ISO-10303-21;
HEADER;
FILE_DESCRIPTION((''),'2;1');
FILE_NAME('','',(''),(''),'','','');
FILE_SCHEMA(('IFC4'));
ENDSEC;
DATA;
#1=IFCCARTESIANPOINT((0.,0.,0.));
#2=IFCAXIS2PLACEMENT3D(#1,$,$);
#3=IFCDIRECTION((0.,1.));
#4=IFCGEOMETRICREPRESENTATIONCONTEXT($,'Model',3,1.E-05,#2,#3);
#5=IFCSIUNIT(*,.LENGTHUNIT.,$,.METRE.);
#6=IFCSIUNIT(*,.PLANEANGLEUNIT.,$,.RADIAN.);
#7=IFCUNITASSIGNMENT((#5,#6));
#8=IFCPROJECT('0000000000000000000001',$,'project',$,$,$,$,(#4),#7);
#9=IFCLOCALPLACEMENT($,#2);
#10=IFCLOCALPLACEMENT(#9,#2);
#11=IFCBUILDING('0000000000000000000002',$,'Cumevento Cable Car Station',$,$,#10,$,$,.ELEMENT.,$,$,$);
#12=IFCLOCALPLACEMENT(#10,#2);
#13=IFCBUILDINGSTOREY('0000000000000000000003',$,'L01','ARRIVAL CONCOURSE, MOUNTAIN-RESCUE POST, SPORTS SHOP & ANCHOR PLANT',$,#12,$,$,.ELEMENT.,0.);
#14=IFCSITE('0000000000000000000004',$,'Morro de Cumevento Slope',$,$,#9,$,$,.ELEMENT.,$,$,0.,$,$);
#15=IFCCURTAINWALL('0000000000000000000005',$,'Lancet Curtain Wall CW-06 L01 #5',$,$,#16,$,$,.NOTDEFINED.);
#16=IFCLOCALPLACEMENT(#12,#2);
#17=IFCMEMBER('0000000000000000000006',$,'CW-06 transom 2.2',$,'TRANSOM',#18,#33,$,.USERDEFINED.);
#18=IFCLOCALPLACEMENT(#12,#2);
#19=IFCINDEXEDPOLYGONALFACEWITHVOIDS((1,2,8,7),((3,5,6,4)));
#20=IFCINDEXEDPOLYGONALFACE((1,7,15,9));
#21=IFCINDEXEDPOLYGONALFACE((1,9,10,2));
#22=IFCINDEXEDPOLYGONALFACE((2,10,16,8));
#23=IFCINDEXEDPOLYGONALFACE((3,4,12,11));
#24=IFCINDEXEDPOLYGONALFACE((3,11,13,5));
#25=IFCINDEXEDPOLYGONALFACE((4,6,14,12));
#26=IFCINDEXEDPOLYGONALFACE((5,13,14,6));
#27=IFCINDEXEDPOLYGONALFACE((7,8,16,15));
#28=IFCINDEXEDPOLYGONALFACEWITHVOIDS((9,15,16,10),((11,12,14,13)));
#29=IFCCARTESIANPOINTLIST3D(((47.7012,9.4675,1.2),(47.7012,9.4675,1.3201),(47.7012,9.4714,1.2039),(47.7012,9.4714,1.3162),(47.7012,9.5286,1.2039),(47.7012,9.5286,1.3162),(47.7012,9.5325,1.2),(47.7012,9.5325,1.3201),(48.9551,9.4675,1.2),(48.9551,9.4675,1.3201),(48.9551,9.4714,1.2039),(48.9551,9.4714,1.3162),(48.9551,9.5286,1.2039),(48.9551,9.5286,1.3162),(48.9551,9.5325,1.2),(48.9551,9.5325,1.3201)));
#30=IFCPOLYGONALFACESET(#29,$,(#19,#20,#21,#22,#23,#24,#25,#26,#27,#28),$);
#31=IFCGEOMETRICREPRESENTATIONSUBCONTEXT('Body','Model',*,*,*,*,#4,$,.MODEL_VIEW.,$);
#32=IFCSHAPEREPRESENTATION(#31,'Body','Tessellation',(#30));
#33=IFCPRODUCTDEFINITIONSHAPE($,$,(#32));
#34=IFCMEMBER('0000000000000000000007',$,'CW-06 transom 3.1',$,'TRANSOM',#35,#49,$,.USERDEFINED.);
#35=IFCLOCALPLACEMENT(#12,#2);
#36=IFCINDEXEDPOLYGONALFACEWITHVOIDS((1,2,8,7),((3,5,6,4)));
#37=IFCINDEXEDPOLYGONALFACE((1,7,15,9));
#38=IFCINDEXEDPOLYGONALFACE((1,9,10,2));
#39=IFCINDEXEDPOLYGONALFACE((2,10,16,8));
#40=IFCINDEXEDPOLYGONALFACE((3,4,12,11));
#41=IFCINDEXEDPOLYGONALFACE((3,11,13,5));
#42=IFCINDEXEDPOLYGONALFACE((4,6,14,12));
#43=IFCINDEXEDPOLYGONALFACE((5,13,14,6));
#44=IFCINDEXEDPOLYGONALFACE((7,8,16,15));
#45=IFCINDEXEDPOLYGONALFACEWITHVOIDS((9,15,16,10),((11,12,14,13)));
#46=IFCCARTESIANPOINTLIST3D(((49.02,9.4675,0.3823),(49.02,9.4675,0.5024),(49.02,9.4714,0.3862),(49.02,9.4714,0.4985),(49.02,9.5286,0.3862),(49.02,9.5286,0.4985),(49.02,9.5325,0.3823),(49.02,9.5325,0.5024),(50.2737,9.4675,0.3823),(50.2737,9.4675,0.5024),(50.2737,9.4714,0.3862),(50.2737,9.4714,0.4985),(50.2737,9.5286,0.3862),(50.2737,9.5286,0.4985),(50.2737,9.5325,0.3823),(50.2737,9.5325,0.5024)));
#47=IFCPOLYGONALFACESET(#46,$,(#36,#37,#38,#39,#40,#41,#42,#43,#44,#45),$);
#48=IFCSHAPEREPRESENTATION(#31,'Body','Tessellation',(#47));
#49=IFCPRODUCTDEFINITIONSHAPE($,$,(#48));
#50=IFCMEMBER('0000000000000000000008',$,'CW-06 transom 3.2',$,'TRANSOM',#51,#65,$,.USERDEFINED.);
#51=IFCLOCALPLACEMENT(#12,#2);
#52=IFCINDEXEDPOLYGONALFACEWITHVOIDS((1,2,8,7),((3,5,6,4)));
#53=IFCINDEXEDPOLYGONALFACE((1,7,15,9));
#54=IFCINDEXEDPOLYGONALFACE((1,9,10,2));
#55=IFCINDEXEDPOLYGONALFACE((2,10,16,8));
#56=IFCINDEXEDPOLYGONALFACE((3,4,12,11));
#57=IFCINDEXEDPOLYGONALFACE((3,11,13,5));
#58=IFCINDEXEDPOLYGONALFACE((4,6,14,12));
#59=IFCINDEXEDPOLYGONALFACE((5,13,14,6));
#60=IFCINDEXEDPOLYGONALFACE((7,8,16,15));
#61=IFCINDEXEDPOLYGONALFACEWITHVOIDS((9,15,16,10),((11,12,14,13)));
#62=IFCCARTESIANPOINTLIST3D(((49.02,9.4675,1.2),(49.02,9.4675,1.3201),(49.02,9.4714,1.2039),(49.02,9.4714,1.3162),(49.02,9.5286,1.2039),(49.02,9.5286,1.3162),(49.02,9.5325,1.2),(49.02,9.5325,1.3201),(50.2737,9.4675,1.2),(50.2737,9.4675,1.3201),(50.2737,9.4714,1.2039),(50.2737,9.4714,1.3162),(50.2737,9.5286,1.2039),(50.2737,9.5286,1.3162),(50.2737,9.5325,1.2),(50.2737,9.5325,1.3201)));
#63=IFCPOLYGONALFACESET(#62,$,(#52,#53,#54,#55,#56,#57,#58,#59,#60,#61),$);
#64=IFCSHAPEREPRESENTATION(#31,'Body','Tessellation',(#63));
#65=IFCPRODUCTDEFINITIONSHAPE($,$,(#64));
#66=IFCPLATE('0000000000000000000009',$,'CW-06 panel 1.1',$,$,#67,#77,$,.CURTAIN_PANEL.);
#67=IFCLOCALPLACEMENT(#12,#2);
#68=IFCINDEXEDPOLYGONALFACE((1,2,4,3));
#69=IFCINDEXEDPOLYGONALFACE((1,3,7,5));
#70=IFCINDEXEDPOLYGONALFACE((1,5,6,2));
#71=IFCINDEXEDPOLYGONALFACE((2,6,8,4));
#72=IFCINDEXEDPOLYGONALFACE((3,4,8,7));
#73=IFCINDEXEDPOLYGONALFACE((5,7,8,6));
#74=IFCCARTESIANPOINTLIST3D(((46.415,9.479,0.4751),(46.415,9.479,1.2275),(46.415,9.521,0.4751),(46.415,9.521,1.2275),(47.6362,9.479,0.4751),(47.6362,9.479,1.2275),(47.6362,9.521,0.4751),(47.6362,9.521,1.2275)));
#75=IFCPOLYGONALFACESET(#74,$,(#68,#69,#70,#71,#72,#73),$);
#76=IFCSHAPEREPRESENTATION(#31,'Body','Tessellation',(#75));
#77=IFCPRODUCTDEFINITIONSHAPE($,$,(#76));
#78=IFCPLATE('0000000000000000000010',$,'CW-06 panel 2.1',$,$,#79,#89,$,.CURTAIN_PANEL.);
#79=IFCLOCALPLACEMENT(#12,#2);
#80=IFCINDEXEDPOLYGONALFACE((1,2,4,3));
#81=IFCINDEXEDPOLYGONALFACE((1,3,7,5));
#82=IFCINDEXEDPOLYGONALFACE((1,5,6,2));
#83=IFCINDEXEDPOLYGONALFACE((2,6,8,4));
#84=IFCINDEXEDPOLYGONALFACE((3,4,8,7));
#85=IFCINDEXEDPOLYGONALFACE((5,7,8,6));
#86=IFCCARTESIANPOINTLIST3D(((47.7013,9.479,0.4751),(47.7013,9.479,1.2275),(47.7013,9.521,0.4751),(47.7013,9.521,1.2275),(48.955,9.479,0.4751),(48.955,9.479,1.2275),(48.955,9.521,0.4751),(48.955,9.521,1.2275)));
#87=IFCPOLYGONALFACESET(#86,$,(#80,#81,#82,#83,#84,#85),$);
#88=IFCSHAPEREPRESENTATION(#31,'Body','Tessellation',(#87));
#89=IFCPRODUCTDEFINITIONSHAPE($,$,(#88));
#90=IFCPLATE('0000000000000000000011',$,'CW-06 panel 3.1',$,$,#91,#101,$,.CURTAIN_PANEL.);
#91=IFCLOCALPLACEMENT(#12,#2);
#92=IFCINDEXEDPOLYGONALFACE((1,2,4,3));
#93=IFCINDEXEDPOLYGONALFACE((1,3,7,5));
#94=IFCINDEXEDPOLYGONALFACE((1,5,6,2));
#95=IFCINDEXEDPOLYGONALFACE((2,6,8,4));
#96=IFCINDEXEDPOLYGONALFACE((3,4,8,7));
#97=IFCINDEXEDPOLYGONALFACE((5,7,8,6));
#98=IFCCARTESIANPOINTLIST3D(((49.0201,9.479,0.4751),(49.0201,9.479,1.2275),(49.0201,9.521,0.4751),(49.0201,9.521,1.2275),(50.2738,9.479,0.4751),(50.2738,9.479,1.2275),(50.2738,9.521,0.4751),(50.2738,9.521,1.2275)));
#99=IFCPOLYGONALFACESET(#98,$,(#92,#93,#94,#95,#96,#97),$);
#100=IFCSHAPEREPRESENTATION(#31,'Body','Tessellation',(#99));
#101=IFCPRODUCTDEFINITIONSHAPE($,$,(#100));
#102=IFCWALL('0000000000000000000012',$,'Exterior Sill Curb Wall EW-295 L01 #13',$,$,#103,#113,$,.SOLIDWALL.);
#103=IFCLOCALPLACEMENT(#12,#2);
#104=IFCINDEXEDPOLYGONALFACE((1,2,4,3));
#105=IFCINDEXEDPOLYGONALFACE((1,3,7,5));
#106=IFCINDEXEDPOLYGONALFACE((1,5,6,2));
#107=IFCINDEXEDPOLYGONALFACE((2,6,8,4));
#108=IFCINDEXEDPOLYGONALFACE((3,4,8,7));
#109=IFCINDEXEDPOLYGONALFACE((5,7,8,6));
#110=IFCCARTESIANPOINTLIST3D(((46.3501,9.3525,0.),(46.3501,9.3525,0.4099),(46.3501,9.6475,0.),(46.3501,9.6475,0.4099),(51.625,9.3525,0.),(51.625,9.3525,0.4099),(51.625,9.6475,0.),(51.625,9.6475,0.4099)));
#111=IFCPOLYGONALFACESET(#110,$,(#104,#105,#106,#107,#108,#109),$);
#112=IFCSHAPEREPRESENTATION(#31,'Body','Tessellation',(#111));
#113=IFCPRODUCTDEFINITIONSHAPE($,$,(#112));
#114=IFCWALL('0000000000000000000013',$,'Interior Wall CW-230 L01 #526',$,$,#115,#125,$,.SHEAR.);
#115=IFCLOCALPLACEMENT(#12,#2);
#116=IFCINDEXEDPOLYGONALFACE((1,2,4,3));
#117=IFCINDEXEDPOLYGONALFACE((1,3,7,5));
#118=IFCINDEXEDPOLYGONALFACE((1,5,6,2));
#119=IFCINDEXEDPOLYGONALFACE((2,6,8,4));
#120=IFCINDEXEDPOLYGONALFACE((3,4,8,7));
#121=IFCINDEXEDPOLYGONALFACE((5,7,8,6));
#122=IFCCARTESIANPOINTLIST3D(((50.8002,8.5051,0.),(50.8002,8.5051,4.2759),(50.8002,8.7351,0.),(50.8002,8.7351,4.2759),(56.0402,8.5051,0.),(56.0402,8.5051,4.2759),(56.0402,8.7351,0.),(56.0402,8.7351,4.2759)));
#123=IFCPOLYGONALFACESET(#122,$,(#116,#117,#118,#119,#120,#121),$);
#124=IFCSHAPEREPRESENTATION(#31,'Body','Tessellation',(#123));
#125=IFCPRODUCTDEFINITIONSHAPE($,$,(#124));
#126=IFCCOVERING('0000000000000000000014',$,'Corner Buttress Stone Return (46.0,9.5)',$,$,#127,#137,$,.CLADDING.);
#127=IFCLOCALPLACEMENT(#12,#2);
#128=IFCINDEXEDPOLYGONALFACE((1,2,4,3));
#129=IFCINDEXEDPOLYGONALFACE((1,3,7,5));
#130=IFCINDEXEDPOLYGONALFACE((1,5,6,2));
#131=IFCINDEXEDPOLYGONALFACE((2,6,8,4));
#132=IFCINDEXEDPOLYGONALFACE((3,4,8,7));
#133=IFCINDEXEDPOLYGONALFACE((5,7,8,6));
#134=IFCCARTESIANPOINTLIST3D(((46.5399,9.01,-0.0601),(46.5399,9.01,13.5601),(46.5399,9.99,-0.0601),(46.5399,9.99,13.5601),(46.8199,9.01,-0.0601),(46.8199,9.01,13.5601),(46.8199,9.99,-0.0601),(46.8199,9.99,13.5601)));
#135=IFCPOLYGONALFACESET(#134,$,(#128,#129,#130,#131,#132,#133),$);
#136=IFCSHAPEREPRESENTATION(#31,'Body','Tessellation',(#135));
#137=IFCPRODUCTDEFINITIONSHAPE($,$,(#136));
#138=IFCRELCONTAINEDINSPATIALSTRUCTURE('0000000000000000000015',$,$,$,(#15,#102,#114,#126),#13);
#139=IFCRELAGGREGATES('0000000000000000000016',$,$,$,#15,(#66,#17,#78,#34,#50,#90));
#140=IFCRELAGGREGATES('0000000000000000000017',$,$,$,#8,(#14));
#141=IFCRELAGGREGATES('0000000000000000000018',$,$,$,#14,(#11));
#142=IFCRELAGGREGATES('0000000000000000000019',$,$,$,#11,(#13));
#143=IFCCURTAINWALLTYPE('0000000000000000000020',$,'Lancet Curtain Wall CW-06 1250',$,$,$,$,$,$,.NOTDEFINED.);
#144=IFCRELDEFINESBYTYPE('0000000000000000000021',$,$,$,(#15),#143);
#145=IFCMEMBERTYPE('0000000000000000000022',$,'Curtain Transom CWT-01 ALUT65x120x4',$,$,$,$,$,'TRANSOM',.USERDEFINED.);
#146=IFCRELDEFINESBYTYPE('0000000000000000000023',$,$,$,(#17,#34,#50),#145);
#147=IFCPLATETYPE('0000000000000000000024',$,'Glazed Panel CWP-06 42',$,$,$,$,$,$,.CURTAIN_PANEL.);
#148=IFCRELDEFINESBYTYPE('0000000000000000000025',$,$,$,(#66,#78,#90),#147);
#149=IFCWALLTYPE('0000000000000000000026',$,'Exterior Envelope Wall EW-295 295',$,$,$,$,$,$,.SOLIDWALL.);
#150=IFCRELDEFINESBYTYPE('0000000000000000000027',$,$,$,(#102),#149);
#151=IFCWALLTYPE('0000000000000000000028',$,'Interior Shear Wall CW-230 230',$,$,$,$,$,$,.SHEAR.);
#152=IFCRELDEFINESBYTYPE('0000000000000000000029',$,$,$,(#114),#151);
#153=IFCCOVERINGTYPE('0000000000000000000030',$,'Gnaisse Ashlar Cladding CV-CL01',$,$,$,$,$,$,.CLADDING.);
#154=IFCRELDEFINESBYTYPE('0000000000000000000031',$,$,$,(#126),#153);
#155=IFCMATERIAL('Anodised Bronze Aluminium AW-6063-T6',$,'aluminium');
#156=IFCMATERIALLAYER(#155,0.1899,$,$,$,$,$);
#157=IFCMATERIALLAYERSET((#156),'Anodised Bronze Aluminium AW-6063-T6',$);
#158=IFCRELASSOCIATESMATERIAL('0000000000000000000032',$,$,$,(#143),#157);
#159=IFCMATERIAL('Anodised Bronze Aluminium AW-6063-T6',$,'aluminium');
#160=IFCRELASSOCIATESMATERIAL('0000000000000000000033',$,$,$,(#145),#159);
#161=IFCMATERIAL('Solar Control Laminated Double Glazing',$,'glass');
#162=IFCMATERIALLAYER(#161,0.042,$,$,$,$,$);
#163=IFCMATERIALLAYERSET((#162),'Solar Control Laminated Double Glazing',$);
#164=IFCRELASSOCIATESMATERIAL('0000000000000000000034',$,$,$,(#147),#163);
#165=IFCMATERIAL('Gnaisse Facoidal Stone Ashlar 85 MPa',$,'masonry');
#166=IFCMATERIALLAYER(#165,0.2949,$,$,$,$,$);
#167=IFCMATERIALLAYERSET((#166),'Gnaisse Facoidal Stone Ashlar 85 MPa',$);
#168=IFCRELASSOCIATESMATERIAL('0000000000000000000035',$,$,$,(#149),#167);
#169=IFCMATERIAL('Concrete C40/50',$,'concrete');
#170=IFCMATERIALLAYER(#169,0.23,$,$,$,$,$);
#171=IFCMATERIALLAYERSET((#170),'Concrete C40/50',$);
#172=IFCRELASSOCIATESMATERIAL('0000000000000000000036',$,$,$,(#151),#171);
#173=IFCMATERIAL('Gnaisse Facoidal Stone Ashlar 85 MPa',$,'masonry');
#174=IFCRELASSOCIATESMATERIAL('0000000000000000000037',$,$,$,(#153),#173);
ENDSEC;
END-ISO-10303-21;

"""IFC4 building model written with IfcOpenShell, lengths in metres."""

from ifc_helpers import new_model, si_unit, direction, frame, frame_2d, origin, origin_2d, place, context, subcontext, project, spatial, rectangle, hollow_rectangle, extrude, material, layer, layer_set, material_profile, profile_set, type_object, element, aggregate, save


model = new_model("IFC4")

# Units and contexts
model_context = context("Model", 3, precision=1e-05, world=origin(), true_north=direction((0.0, 1.0)))
body_context = subcontext(model_context, "Body", "Model", "MODEL_VIEW")
ifc_project = project(units=[si_unit("LENGTHUNIT", "METRE"), si_unit("PLANEANGLEUNIT", "RADIAN")], contexts=[model_context])

# Site, building, storey
site_placement = place(None, origin())
site = spatial("IfcSite", under=ifc_project, at=site_placement, Name="Morro de Cumevento Slope", CompositionType="ELEMENT", RefElevation=0.0)
building_placement = place(site_placement, origin())
building = spatial("IfcBuilding", under=site, at=building_placement, Name="Cumevento Cable Car Station", CompositionType="ELEMENT")
storey_placement = place(building_placement, origin())
storey = spatial("IfcBuildingStorey", under=building, at=storey_placement, Name="L01", Description="ARRIVAL CONCOURSE, MOUNTAIN-RESCUE POST, SPORTS SHOP & ANCHOR PLANT", CompositionType="ELEMENT", Elevation=0.0)

# Curtain wall, members, plates
ifc_material_1 = material(Name="Anodised Bronze Aluminium AW-6063-T6", Category="aluminium")
ifc_layer_1 = layer(ifc_material_1, 0.1899)
ifc_layer_set_1 = layer_set([ifc_layer_1], Name="Anodised Bronze Aluminium AW-6063-T6")
curtain_wall_type = type_object("IfcCurtainWallType", Name="Lancet Curtain Wall CW-06 1250", PredefinedType="NOTDEFINED", material=ifc_layer_set_1)
curtain_wall_placement = place(storey_placement, origin())
curtain_wall = element("IfcCurtainWall", 1, at=curtain_wall_placement, inside=storey, type_object=curtain_wall_type, Name="Lancet Curtain Wall CW-06 L01 #5", PredefinedType="NOTDEFINED")
ifc_material_2 = material(Name="Anodised Bronze Aluminium AW-6063-T6", Category="aluminium")
ifc_material_profile_1 = material_profile(ifc_material_2, hollow_rectangle(XDim=0.0649, YDim=0.1201, WallThickness=0.0039, at=origin_2d()), Name="ALUT65x120x4")
ifc_profile_set_1 = profile_set([ifc_material_profile_1], Name="Anodised Bronze Aluminium AW-6063-T6")
member_type_1 = type_object("IfcMemberType", Name="Curtain Transom CWT-01 ALUT65x120x4", ElementType="TRANSOM", PredefinedType="USERDEFINED", material=ifc_profile_set_1)
member_1_placement = place(storey_placement, frame((47.7012, 9.5, 1.26), z_axis=(1.0, 0.0, 0.0), x_axis=(0.0, 1.0, 0.0)))
member_1 = element("IfcMember", 2, at=member_1_placement, type_object=member_type_1, Name="CW-06 transom 2.2", ObjectType="TRANSOM", PredefinedType="USERDEFINED", context=body_context, shape_type="SweptSolid", body=[
    extrude(hollow_rectangle(XDim=0.0649, YDim=0.1201, WallThickness=0.0039, at=origin_2d()), origin(), (0.0, 0.0, 1.0), 1.2539),
])
member_2_placement = place(storey_placement, frame((49.02, 9.5, 0.4424), z_axis=(1.0, 0.0, 0.0), x_axis=(0.0, 1.0, 0.0)))
member_2 = element("IfcMember", 3, at=member_2_placement, type_object=member_type_1, Name="CW-06 transom 3.1", ObjectType="TRANSOM", PredefinedType="USERDEFINED", context=body_context, shape_type="SweptSolid", body=[
    extrude(hollow_rectangle(XDim=0.0649, YDim=0.1201, WallThickness=0.0039, at=origin_2d()), origin(), (0.0, 0.0, 1.0), 1.2537),
])
member_3_placement = place(storey_placement, frame((49.02, 9.5, 1.26), z_axis=(1.0, 0.0, 0.0), x_axis=(0.0, 1.0, 0.0)))
member_3 = element("IfcMember", 4, at=member_3_placement, type_object=member_type_1, Name="CW-06 transom 3.2", ObjectType="TRANSOM", PredefinedType="USERDEFINED", context=body_context, shape_type="SweptSolid", body=[
    extrude(hollow_rectangle(XDim=0.0649, YDim=0.1201, WallThickness=0.0039, at=origin_2d()), origin(), (0.0, 0.0, 1.0), 1.2537),
])
ifc_material_3 = material(Name="Solar Control Laminated Double Glazing", Category="glass")
ifc_layer_2 = layer(ifc_material_3, 0.042)
ifc_layer_set_2 = layer_set([ifc_layer_2], Name="Solar Control Laminated Double Glazing")
plate_type = type_object("IfcPlateType", Name="Glazed Panel CWP-06 42", PredefinedType="CURTAIN_PANEL", material=ifc_layer_set_2)
plate_1_placement = place(storey_placement, frame((47.0256, 9.5, 0.4751), z_axis=(0.0, 0.0, 1.0), x_axis=(1.0, 0.0, 0.0)))
plate_1 = element("IfcPlate", 5, at=plate_1_placement, type_object=plate_type, Name="CW-06 panel 1.1", PredefinedType="CURTAIN_PANEL", context=body_context, shape_type="SweptSolid", body=[
    extrude(rectangle(XDim=1.2212, YDim=0.042, at=origin_2d()), origin(), (0.0, 0.0, 1.0), 0.7524),
])
plate_2_placement = place(storey_placement, frame((48.3281, 9.5, 0.4751), z_axis=(0.0, 0.0, 1.0), x_axis=(1.0, 0.0, 0.0)))
plate_2 = element("IfcPlate", 6, at=plate_2_placement, type_object=plate_type, Name="CW-06 panel 2.1", PredefinedType="CURTAIN_PANEL", context=body_context, shape_type="SweptSolid", body=[
    extrude(rectangle(XDim=1.2537, YDim=0.042, at=origin_2d()), origin(), (0.0, 0.0, 1.0), 0.7524),
])
plate_3_placement = place(storey_placement, frame((49.647, 9.5, 0.4751), z_axis=(0.0, 0.0, 1.0), x_axis=(1.0, 0.0, 0.0)))
plate_3 = element("IfcPlate", 7, at=plate_3_placement, type_object=plate_type, Name="CW-06 panel 3.1", PredefinedType="CURTAIN_PANEL", context=body_context, shape_type="SweptSolid", body=[
    extrude(rectangle(XDim=1.2537, YDim=0.042, at=origin_2d()), origin(), (0.0, 0.0, 1.0), 0.7524),
])
aggregate(curtain_wall, [plate_1, member_1, plate_2, member_2, member_3, plate_3])

# Walls
ifc_material_4 = material(Name="Gnaisse Facoidal Stone Ashlar 85 MPa", Category="masonry")
ifc_layer_3 = layer(ifc_material_4, 0.2949)
ifc_layer_set_3 = layer_set([ifc_layer_3], Name="Gnaisse Facoidal Stone Ashlar 85 MPa")
wall_type_1 = type_object("IfcWallType", Name="Exterior Envelope Wall EW-295 295", PredefinedType="SOLIDWALL", material=ifc_layer_set_3)
wall_1_placement = place(storey_placement, frame((46.3501, 9.5, 0.0), z_axis=(0.0, 0.0, 1.0), x_axis=(1.0, 0.0, 0.0)))
element("IfcWall", 8, at=wall_1_placement, inside=storey, type_object=wall_type_1, Name="Exterior Sill Curb Wall EW-295 L01 #13", PredefinedType="SOLIDWALL", context=body_context, shape_type="SweptSolid", body=[
    extrude(rectangle(XDim=5.2749, YDim=0.2949, at=frame_2d((2.6375, 0.0))), origin(), (0.0, 0.0, 1.0), 0.4099),
])
ifc_material_5 = material(Name="Concrete C40/50", Category="concrete")
ifc_layer_4 = layer(ifc_material_5, 0.23)
ifc_layer_set_4 = layer_set([ifc_layer_4], Name="Concrete C40/50")
wall_type_2 = type_object("IfcWallType", Name="Interior Shear Wall CW-230 230", PredefinedType="SHEAR", material=ifc_layer_set_4)
wall_2_placement = place(storey_placement, frame((50.8, 8.6201, 0.0), z_axis=(0.0, 0.0, 1.0), x_axis=(1.0, 0.0, 0.0)))
element("IfcWall", 9, at=wall_2_placement, inside=storey, type_object=wall_type_2, Name="Interior Wall CW-230 L01 #526", PredefinedType="SHEAR", context=body_context, shape_type="SweptSolid", body=[
    extrude(rectangle(XDim=5.24, YDim=0.23, at=frame_2d((2.6201, 0.0))), origin(), (0.0, 0.0, 1.0), 4.2759),
])

# Covering
ifc_material_6 = material(Name="Gnaisse Facoidal Stone Ashlar 85 MPa", Category="masonry")
covering_type = type_object("IfcCoveringType", Name="Gnaisse Ashlar Cladding CV-CL01", PredefinedType="CLADDING", material=ifc_material_6)
covering_1_placement = place(storey_placement, frame((46.6799, 9.5, -0.0601), z_axis=(0.0, 0.0, 1.0), x_axis=(1.0, 0.0, 0.0)))
element("IfcCovering", 10, at=covering_1_placement, inside=storey, type_object=covering_type, Name="Corner Buttress Stone Return (46.0,9.5)", PredefinedType="CLADDING", context=body_context, shape_type="SweptSolid", body=[
    extrude(rectangle(XDim=0.28, YDim=0.98, at=origin_2d()), origin(), (0.0, 0.0, 1.0), 13.6201),
])

save(model, "model.ifc")
